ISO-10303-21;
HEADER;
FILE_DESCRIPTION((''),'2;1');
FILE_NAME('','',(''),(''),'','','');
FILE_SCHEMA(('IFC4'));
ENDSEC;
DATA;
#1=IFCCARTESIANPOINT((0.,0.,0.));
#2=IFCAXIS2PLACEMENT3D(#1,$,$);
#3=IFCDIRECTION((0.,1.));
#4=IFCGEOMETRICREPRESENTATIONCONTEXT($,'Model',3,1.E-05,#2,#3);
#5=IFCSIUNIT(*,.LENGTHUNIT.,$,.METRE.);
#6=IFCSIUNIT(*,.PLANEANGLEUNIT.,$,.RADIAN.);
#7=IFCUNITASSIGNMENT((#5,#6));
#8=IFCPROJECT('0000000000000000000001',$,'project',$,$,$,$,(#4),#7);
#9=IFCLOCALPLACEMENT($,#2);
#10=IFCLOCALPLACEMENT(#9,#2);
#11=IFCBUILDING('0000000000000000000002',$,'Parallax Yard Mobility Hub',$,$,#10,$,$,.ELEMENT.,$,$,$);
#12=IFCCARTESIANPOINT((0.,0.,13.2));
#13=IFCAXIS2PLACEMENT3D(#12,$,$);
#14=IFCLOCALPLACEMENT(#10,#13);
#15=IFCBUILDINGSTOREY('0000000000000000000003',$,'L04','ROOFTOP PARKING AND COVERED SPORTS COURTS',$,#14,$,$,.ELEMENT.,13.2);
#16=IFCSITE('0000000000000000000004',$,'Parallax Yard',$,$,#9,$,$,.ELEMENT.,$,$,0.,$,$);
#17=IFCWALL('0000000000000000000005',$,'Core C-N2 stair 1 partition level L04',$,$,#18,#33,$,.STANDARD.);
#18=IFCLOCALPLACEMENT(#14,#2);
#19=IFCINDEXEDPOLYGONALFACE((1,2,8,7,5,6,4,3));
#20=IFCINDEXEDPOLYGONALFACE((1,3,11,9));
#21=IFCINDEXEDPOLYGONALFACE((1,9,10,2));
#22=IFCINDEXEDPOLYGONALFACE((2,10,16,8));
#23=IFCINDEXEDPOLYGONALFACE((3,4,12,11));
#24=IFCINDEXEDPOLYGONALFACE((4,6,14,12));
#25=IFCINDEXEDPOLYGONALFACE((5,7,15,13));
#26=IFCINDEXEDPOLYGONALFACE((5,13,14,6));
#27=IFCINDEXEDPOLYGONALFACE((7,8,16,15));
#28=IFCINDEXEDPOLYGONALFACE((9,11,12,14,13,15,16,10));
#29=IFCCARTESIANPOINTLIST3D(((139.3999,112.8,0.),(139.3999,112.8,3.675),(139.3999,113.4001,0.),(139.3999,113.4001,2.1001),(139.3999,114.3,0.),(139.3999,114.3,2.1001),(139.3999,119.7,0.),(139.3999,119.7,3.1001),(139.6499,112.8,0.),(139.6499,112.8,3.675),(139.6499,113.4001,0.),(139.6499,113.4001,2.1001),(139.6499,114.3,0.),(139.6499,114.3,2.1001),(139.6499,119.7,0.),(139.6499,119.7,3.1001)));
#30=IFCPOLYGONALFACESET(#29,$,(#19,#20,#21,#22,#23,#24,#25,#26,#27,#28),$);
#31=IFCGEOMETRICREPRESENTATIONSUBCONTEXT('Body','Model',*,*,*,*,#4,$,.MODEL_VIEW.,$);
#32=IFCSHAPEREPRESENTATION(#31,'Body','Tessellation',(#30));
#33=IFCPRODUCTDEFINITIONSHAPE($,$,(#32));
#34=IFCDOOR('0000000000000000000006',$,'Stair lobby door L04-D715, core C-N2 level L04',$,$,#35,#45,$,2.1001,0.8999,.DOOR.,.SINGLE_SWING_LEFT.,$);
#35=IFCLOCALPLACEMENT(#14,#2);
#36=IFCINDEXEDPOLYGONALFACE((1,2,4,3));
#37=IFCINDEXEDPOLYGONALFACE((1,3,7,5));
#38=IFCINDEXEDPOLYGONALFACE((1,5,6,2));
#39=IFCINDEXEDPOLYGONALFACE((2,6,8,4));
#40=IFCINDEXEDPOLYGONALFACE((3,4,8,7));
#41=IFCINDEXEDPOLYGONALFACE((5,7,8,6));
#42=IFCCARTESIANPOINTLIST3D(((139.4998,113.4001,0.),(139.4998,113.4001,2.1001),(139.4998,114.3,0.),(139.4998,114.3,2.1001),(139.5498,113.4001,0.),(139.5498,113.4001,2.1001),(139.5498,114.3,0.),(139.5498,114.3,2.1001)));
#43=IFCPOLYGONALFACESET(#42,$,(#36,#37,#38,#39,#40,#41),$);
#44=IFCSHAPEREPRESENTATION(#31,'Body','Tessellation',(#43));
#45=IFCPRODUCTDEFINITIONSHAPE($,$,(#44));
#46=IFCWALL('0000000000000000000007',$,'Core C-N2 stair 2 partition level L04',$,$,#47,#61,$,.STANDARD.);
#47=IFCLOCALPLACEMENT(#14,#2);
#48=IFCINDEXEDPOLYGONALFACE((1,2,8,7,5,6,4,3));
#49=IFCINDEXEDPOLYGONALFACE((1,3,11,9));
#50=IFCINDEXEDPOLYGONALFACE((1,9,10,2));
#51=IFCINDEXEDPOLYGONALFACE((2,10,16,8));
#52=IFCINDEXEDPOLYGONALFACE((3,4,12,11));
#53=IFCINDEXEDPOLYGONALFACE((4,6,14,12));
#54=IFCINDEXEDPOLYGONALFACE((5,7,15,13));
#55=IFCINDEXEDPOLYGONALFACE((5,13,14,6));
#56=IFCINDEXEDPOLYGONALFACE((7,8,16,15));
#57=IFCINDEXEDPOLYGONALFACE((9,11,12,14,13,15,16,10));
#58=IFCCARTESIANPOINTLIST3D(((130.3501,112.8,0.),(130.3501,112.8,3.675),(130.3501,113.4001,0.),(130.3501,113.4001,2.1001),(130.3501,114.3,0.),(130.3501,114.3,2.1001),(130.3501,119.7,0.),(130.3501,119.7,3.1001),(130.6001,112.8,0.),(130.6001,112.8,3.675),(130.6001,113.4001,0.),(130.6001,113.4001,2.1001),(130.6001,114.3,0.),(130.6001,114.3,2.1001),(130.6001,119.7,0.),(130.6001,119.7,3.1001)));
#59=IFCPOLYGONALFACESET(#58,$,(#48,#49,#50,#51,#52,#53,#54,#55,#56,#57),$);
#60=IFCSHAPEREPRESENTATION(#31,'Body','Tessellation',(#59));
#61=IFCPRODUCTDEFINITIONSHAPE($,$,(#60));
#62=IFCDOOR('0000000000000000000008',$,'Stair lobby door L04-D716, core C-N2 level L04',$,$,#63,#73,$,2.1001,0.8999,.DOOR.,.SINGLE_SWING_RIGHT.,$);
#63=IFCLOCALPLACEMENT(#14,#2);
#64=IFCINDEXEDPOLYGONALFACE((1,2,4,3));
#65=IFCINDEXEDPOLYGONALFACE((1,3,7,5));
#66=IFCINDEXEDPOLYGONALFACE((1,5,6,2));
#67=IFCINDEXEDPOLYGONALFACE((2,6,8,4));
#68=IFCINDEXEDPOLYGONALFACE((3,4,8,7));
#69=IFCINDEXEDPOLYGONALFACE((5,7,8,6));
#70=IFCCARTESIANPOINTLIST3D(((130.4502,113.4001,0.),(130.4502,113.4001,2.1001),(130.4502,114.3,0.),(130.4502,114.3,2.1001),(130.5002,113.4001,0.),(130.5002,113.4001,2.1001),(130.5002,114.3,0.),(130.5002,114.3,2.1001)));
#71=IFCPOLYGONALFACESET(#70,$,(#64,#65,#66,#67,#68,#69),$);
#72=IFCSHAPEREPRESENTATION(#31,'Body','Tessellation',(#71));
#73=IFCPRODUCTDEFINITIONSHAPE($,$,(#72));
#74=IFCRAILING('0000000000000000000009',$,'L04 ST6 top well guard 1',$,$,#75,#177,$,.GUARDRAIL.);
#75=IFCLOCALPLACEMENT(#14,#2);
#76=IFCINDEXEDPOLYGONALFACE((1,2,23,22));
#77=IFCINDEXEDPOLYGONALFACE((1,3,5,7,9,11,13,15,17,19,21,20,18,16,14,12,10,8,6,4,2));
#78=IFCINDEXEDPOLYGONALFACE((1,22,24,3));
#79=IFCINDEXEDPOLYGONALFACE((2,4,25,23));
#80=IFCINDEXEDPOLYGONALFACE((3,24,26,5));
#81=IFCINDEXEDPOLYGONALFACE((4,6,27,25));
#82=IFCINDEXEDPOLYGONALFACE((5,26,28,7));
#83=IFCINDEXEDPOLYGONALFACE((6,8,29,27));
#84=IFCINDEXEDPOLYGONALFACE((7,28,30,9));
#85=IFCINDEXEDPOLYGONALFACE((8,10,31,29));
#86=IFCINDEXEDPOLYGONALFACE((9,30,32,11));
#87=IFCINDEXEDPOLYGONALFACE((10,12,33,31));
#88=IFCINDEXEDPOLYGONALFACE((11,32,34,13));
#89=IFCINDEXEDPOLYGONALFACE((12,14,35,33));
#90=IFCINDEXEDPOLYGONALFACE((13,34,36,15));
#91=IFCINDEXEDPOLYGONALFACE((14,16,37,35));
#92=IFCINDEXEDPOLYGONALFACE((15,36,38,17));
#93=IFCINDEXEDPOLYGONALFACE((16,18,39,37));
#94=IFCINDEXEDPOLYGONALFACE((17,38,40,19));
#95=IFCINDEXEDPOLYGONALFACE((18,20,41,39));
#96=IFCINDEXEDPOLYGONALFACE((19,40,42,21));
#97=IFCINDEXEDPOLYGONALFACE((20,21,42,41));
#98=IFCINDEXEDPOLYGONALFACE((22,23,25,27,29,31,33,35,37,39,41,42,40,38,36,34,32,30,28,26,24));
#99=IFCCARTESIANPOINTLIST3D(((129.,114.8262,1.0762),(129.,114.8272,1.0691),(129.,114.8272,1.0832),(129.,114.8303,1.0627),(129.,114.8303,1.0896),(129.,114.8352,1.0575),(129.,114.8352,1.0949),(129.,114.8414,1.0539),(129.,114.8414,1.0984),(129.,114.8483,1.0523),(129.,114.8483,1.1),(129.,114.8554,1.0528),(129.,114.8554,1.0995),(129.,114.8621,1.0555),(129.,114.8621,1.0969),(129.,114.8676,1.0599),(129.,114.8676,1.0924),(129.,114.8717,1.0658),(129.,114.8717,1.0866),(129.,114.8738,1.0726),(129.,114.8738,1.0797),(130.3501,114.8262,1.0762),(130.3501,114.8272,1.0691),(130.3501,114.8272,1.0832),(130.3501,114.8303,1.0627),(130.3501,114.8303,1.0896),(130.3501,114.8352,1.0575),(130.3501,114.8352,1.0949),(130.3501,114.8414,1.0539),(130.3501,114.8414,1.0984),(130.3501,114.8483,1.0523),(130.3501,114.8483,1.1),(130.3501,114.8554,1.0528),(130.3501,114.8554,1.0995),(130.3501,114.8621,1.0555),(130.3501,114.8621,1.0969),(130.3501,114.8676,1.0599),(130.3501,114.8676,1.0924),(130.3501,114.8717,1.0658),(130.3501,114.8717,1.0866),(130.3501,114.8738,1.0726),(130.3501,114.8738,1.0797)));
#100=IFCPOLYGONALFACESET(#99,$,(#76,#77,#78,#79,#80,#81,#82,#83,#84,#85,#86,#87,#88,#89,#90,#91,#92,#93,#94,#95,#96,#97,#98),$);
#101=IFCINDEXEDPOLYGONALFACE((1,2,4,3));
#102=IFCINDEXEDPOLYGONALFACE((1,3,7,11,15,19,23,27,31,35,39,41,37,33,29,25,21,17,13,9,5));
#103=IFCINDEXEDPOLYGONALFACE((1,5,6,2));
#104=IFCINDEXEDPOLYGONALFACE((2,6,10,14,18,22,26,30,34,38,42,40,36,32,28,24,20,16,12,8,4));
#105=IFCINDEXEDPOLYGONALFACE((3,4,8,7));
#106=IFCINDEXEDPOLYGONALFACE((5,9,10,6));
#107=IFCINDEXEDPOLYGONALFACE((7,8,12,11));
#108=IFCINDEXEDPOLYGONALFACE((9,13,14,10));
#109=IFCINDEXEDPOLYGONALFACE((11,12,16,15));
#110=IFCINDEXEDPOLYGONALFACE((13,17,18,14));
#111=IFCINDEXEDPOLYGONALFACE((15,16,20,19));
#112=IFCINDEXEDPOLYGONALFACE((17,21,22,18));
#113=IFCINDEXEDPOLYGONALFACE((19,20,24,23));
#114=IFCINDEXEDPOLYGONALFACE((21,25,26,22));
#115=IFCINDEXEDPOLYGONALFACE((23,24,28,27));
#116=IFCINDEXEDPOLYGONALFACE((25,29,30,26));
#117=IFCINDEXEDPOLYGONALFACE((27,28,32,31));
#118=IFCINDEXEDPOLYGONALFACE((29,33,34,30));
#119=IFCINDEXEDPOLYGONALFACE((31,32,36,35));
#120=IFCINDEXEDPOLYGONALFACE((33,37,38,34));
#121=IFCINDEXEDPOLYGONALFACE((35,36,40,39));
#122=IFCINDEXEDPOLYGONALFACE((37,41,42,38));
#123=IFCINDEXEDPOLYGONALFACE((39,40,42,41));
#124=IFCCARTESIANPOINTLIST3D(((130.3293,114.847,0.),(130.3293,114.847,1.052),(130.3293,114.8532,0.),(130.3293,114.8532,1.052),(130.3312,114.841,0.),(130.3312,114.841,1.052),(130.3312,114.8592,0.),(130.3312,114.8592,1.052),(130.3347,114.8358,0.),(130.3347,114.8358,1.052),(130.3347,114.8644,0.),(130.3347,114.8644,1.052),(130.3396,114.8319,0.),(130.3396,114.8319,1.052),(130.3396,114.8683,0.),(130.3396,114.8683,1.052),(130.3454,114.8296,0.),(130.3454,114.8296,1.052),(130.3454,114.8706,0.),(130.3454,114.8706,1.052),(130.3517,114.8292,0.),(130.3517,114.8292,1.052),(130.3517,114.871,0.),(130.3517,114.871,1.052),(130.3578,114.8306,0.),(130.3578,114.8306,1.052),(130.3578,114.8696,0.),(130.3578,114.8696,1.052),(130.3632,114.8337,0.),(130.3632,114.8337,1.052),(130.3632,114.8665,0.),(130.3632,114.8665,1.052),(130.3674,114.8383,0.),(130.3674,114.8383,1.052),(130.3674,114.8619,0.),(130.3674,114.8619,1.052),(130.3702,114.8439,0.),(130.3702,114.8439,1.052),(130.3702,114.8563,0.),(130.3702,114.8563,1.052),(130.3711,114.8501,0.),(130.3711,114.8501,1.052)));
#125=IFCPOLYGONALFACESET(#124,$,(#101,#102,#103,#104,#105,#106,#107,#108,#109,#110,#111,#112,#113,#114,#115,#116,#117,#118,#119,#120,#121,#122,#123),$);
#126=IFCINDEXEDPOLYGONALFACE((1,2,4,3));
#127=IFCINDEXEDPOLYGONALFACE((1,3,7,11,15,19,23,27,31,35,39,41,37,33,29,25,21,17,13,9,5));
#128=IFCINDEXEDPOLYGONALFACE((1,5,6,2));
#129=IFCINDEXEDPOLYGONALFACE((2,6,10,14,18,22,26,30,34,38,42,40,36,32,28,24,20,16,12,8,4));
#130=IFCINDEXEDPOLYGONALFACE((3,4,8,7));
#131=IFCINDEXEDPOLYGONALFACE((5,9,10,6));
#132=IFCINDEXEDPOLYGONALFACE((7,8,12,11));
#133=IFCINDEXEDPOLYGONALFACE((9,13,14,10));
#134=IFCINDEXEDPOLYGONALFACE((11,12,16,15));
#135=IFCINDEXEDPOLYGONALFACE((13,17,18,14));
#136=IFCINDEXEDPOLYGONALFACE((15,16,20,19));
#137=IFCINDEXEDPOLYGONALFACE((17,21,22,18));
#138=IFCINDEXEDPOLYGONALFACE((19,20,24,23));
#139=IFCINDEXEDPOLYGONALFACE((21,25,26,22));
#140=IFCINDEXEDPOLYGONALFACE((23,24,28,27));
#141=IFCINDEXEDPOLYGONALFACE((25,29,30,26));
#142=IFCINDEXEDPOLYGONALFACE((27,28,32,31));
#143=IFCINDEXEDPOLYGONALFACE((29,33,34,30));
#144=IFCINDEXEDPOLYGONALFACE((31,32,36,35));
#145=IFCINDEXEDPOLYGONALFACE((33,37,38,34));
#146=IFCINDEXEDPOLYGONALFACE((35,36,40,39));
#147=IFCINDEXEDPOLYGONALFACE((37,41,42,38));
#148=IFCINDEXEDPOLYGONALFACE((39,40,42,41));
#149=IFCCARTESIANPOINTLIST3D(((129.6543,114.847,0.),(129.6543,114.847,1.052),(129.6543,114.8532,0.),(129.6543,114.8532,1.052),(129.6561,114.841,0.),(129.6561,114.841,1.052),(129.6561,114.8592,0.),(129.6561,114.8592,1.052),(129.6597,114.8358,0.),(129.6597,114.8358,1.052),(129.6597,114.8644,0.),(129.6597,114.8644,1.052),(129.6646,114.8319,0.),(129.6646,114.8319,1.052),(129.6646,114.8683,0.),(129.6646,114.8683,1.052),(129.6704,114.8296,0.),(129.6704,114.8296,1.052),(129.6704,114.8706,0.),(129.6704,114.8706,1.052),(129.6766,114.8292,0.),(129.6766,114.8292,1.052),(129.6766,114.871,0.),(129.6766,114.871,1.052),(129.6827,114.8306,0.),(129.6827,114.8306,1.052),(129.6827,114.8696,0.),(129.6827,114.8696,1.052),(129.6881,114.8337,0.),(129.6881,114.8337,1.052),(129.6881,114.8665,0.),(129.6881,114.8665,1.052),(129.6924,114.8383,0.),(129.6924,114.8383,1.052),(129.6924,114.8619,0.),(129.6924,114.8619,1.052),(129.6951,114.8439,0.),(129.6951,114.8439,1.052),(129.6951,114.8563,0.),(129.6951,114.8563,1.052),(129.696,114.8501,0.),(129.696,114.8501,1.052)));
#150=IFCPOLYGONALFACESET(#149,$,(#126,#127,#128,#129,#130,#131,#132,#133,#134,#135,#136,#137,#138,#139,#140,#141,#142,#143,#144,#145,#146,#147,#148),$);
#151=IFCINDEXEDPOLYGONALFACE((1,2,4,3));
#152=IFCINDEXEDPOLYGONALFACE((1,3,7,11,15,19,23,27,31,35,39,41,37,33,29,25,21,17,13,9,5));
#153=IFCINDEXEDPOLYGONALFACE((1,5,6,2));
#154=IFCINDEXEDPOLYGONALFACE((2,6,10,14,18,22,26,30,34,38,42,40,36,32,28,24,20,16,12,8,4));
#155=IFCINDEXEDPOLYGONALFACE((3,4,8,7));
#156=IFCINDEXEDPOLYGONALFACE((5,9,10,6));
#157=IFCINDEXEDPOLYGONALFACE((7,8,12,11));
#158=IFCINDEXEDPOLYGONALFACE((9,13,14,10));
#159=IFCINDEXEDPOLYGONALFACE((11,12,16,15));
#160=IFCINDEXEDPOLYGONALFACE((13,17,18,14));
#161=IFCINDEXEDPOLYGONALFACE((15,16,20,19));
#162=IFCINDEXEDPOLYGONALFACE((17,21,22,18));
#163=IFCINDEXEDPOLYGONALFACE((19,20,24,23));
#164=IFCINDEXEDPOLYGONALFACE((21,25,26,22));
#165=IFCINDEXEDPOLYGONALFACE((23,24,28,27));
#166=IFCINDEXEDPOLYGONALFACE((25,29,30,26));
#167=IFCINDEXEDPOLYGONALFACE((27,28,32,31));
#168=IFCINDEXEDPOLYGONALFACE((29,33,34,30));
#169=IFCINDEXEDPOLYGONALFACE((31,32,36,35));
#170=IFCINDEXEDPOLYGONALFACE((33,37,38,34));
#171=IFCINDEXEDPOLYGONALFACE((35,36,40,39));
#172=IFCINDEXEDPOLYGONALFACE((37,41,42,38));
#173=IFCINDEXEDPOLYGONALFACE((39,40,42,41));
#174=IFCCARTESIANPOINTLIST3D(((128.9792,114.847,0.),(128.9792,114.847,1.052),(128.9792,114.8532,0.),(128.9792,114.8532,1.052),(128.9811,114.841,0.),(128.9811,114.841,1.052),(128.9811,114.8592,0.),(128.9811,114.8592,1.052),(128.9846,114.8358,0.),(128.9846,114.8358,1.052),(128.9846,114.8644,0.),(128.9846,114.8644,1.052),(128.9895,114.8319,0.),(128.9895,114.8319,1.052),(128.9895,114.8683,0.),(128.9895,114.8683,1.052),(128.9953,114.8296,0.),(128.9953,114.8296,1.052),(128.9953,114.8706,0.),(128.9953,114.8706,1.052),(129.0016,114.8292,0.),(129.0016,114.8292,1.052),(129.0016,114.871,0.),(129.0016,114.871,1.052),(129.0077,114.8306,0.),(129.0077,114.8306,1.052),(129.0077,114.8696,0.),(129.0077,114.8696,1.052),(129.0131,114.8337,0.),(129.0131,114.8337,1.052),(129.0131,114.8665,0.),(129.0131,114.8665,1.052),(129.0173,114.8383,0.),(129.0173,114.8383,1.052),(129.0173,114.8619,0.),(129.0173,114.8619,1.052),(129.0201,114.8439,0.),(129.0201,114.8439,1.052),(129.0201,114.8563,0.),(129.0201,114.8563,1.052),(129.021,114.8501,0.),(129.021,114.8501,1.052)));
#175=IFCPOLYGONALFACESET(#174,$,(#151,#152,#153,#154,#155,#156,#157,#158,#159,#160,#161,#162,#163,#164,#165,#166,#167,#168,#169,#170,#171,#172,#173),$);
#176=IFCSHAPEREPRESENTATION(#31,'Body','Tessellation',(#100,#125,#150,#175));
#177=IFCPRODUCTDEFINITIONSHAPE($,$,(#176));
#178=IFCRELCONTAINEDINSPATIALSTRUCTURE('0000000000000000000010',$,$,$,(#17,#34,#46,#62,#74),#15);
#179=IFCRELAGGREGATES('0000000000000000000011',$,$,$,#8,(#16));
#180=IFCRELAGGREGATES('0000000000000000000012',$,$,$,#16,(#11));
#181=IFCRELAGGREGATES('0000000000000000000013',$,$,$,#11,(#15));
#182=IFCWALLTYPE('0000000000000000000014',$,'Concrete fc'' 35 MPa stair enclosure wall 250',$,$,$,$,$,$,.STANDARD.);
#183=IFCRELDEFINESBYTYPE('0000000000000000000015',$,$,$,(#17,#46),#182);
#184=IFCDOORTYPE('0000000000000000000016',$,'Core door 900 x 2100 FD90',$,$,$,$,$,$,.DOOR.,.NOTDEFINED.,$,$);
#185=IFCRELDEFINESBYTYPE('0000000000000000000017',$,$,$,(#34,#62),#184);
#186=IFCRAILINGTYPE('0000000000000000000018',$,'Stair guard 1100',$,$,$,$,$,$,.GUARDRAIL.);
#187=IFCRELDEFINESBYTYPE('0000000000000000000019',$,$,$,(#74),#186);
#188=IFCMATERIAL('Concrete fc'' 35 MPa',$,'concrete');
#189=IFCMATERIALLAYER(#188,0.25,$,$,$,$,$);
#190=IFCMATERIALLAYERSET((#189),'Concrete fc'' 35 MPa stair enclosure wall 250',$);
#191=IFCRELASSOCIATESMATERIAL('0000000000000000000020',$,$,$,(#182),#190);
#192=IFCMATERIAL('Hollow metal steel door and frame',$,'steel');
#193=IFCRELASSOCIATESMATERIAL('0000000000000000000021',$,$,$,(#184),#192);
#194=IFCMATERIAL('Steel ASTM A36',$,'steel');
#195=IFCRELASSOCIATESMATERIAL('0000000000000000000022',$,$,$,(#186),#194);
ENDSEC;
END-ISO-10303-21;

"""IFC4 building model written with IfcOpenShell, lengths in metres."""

from ifc_helpers import new_model, si_unit, direction, frame, frame_2d, origin, origin_2d, place, context, subcontext, project, spatial, polyline, rectangle, circle, outline, extrude, material, layer, layer_set, type_object, element, fill, save


model = new_model("IFC4")

# Units and contexts
model_context = context("Model", 3, precision=1e-05, world=origin(), true_north=direction((0.0, 1.0)))
body_context = subcontext(model_context, "Body", "Model", "MODEL_VIEW")
ifc_project = project(units=[si_unit("LENGTHUNIT", "METRE"), si_unit("PLANEANGLEUNIT", "RADIAN")], contexts=[model_context])

# Site, building, storey
site_placement = place(None, origin())
site = spatial("IfcSite", under=ifc_project, at=site_placement, Name="Parallax Yard", CompositionType="ELEMENT", RefElevation=0.0)
building_placement = place(site_placement, origin())
building = spatial("IfcBuilding", under=site, at=building_placement, Name="Parallax Yard Mobility Hub", CompositionType="ELEMENT")
storey_placement = place(building_placement, frame((0.0, 0.0, 13.2)))
storey = spatial("IfcBuildingStorey", under=building, at=storey_placement, Name="L04", Description="ROOFTOP PARKING AND COVERED SPORTS COURTS", CompositionType="ELEMENT", Elevation=13.2)

# Shared definitions
ifc_material_1 = material(Name="Concrete fc' 35 MPa", Category="concrete")
ifc_material_2 = material(Name="Hollow metal steel door and frame", Category="steel")

# Walls, openings, doors
ifc_layer_1 = layer(ifc_material_1, 0.25)
ifc_layer_set_1 = layer_set([ifc_layer_1], Name="Concrete fc' 35 MPa stair enclosure wall 250")
wall_type_1 = type_object("IfcWallType", Name="Concrete fc' 35 MPa stair enclosure wall 250", PredefinedType="STANDARD", material=ifc_layer_set_1)
wall_1_placement = place(storey_placement, frame((139.5249, 119.7, 0.0), z_axis=(0.0, 0.0, 1.0), x_axis=(0.0, -1.0, 0.0)))
wall_1 = element("IfcWall", 1, at=wall_1_placement, inside=storey, type_object=wall_type_1, Name="Core C-N2 stair 1 partition level L04", PredefinedType="STANDARD", context=body_context, shape_type="SweptSolid", body=[
    extrude(outline(polyline([(0.0, 0.0), (6.8999, 0.0), (6.8999, 3.675), (0.0, 3.1001), (0.0, 0.0)])), frame((0.0, 0.125, 0.0), z_axis=(0.0, -1.0, 0.0), x_axis=(1.0, 0.0, 0.0)), (0.0, 0.0, 1.0), 0.25),
])
opening_1_placement = place(wall_1_placement, frame((5.3999, 0.0, 0.0)))
opening_1 = element("IfcOpeningElement", 2, at=opening_1_placement, cuts=wall_1, PredefinedType="OPENING", context=body_context, shape_type="SweptSolid", body=[
    extrude(rectangle(XDim=0.8999, YDim=2.1001, at=frame_2d((0.45, 1.05))), frame((0.0, 0.135, 0.0), z_axis=(0.0, -1.0, 0.0), x_axis=(1.0, 0.0, 0.0)), (0.0, 0.0, 1.0), 0.27),
])
door_type_1 = type_object("IfcDoorType", Name="Core door 900 x 2100 FD90", OperationType="NOTDEFINED", PredefinedType="DOOR", material=ifc_material_2)
door_1_placement = place(opening_1_placement, origin())
door_1 = element("IfcDoor", 3, at=door_1_placement, inside=storey, type_object=door_type_1, Name="Stair lobby door L04-D715, core C-N2 level L04", OperationType="SINGLE_SWING_LEFT", OverallHeight=2.1001, OverallWidth=0.8999, PredefinedType="DOOR", context=body_context, shape_type="SweptSolid", body=[
    extrude(rectangle(XDim=0.8999, YDim=2.1001, at=frame_2d((0.45, 1.05))), frame((0.0, 0.0249, 0.0), z_axis=(0.0, -1.0, 0.0), x_axis=(1.0, 0.0, 0.0)), (0.0, 0.0, 1.0), 0.05),
])
fill(opening_1, door_1)
wall_2_placement = place(storey_placement, frame((130.4751, 112.8, 0.0), z_axis=(0.0, 0.0, 1.0), x_axis=(0.0, 1.0, 0.0)))
wall_2 = element("IfcWall", 4, at=wall_2_placement, inside=storey, type_object=wall_type_1, Name="Core C-N2 stair 2 partition level L04", PredefinedType="STANDARD", context=body_context, shape_type="SweptSolid", body=[
    extrude(outline(polyline([(0.0, 0.0), (6.8999, 0.0), (6.8999, 3.1001), (0.0, 3.675), (0.0, 0.0)])), frame((0.0, 0.125, 0.0), z_axis=(0.0, -1.0, 0.0), x_axis=(1.0, 0.0, 0.0)), (0.0, 0.0, 1.0), 0.25),
])
opening_2_placement = place(wall_2_placement, frame((0.6001, 0.0, 0.0)))
opening_2 = element("IfcOpeningElement", 5, at=opening_2_placement, cuts=wall_2, PredefinedType="OPENING", context=body_context, shape_type="SweptSolid", body=[
    extrude(rectangle(XDim=0.8999, YDim=2.1001, at=frame_2d((0.45, 1.05))), frame((0.0, 0.135, 0.0), z_axis=(0.0, -1.0, 0.0), x_axis=(1.0, 0.0, 0.0)), (0.0, 0.0, 1.0), 0.27),
])
door_2_placement = place(opening_2_placement, origin())
door_2 = element("IfcDoor", 6, at=door_2_placement, inside=storey, type_object=door_type_1, Name="Stair lobby door L04-D716, core C-N2 level L04", OperationType="SINGLE_SWING_RIGHT", OverallHeight=2.1001, OverallWidth=0.8999, PredefinedType="DOOR", context=body_context, shape_type="SweptSolid", body=[
    extrude(rectangle(XDim=0.8999, YDim=2.1001, at=frame_2d((0.45, 1.05))), frame((0.0, 0.0249, 0.0), z_axis=(0.0, -1.0, 0.0), x_axis=(1.0, 0.0, 0.0)), (0.0, 0.0, 1.0), 0.05),
])
fill(opening_2, door_2)

# Railing
ifc_material_3 = material(Name="Steel ASTM A36", Category="steel")
railing_type = type_object("IfcRailingType", Name="Stair guard 1100", PredefinedType="GUARDRAIL", material=ifc_material_3)
railing_placement = place(storey_placement, frame((130.3501, 114.8501, 0.0)))
element("IfcRailing", 7, at=railing_placement, inside=storey, type_object=railing_type, Name="L04 ST6 top well guard 1", PredefinedType="GUARDRAIL", context=body_context, shape_type="SweptSolid", body=[
    extrude(circle(Radius=0.0239, at=origin_2d()), frame((0.0, 0.0, 1.0762), z_axis=(-1.0, 0.0, 0.0), x_axis=(0.0, -1.0, 0.0)), (0.0, 0.0, 1.0), 1.3501),
    extrude(circle(Radius=0.021, at=origin_2d()), origin(), (0.0, 0.0, 1.0), 1.052),
    extrude(circle(Radius=0.021, at=origin_2d()), frame((-0.675, 0.0, 0.0)), (0.0, 0.0, 1.0), 1.052),
    extrude(circle(Radius=0.021, at=origin_2d()), frame((-1.3501, 0.0, 0.0)), (0.0, 0.0, 1.0), 1.052),
])

save(model, "model.ifc")
